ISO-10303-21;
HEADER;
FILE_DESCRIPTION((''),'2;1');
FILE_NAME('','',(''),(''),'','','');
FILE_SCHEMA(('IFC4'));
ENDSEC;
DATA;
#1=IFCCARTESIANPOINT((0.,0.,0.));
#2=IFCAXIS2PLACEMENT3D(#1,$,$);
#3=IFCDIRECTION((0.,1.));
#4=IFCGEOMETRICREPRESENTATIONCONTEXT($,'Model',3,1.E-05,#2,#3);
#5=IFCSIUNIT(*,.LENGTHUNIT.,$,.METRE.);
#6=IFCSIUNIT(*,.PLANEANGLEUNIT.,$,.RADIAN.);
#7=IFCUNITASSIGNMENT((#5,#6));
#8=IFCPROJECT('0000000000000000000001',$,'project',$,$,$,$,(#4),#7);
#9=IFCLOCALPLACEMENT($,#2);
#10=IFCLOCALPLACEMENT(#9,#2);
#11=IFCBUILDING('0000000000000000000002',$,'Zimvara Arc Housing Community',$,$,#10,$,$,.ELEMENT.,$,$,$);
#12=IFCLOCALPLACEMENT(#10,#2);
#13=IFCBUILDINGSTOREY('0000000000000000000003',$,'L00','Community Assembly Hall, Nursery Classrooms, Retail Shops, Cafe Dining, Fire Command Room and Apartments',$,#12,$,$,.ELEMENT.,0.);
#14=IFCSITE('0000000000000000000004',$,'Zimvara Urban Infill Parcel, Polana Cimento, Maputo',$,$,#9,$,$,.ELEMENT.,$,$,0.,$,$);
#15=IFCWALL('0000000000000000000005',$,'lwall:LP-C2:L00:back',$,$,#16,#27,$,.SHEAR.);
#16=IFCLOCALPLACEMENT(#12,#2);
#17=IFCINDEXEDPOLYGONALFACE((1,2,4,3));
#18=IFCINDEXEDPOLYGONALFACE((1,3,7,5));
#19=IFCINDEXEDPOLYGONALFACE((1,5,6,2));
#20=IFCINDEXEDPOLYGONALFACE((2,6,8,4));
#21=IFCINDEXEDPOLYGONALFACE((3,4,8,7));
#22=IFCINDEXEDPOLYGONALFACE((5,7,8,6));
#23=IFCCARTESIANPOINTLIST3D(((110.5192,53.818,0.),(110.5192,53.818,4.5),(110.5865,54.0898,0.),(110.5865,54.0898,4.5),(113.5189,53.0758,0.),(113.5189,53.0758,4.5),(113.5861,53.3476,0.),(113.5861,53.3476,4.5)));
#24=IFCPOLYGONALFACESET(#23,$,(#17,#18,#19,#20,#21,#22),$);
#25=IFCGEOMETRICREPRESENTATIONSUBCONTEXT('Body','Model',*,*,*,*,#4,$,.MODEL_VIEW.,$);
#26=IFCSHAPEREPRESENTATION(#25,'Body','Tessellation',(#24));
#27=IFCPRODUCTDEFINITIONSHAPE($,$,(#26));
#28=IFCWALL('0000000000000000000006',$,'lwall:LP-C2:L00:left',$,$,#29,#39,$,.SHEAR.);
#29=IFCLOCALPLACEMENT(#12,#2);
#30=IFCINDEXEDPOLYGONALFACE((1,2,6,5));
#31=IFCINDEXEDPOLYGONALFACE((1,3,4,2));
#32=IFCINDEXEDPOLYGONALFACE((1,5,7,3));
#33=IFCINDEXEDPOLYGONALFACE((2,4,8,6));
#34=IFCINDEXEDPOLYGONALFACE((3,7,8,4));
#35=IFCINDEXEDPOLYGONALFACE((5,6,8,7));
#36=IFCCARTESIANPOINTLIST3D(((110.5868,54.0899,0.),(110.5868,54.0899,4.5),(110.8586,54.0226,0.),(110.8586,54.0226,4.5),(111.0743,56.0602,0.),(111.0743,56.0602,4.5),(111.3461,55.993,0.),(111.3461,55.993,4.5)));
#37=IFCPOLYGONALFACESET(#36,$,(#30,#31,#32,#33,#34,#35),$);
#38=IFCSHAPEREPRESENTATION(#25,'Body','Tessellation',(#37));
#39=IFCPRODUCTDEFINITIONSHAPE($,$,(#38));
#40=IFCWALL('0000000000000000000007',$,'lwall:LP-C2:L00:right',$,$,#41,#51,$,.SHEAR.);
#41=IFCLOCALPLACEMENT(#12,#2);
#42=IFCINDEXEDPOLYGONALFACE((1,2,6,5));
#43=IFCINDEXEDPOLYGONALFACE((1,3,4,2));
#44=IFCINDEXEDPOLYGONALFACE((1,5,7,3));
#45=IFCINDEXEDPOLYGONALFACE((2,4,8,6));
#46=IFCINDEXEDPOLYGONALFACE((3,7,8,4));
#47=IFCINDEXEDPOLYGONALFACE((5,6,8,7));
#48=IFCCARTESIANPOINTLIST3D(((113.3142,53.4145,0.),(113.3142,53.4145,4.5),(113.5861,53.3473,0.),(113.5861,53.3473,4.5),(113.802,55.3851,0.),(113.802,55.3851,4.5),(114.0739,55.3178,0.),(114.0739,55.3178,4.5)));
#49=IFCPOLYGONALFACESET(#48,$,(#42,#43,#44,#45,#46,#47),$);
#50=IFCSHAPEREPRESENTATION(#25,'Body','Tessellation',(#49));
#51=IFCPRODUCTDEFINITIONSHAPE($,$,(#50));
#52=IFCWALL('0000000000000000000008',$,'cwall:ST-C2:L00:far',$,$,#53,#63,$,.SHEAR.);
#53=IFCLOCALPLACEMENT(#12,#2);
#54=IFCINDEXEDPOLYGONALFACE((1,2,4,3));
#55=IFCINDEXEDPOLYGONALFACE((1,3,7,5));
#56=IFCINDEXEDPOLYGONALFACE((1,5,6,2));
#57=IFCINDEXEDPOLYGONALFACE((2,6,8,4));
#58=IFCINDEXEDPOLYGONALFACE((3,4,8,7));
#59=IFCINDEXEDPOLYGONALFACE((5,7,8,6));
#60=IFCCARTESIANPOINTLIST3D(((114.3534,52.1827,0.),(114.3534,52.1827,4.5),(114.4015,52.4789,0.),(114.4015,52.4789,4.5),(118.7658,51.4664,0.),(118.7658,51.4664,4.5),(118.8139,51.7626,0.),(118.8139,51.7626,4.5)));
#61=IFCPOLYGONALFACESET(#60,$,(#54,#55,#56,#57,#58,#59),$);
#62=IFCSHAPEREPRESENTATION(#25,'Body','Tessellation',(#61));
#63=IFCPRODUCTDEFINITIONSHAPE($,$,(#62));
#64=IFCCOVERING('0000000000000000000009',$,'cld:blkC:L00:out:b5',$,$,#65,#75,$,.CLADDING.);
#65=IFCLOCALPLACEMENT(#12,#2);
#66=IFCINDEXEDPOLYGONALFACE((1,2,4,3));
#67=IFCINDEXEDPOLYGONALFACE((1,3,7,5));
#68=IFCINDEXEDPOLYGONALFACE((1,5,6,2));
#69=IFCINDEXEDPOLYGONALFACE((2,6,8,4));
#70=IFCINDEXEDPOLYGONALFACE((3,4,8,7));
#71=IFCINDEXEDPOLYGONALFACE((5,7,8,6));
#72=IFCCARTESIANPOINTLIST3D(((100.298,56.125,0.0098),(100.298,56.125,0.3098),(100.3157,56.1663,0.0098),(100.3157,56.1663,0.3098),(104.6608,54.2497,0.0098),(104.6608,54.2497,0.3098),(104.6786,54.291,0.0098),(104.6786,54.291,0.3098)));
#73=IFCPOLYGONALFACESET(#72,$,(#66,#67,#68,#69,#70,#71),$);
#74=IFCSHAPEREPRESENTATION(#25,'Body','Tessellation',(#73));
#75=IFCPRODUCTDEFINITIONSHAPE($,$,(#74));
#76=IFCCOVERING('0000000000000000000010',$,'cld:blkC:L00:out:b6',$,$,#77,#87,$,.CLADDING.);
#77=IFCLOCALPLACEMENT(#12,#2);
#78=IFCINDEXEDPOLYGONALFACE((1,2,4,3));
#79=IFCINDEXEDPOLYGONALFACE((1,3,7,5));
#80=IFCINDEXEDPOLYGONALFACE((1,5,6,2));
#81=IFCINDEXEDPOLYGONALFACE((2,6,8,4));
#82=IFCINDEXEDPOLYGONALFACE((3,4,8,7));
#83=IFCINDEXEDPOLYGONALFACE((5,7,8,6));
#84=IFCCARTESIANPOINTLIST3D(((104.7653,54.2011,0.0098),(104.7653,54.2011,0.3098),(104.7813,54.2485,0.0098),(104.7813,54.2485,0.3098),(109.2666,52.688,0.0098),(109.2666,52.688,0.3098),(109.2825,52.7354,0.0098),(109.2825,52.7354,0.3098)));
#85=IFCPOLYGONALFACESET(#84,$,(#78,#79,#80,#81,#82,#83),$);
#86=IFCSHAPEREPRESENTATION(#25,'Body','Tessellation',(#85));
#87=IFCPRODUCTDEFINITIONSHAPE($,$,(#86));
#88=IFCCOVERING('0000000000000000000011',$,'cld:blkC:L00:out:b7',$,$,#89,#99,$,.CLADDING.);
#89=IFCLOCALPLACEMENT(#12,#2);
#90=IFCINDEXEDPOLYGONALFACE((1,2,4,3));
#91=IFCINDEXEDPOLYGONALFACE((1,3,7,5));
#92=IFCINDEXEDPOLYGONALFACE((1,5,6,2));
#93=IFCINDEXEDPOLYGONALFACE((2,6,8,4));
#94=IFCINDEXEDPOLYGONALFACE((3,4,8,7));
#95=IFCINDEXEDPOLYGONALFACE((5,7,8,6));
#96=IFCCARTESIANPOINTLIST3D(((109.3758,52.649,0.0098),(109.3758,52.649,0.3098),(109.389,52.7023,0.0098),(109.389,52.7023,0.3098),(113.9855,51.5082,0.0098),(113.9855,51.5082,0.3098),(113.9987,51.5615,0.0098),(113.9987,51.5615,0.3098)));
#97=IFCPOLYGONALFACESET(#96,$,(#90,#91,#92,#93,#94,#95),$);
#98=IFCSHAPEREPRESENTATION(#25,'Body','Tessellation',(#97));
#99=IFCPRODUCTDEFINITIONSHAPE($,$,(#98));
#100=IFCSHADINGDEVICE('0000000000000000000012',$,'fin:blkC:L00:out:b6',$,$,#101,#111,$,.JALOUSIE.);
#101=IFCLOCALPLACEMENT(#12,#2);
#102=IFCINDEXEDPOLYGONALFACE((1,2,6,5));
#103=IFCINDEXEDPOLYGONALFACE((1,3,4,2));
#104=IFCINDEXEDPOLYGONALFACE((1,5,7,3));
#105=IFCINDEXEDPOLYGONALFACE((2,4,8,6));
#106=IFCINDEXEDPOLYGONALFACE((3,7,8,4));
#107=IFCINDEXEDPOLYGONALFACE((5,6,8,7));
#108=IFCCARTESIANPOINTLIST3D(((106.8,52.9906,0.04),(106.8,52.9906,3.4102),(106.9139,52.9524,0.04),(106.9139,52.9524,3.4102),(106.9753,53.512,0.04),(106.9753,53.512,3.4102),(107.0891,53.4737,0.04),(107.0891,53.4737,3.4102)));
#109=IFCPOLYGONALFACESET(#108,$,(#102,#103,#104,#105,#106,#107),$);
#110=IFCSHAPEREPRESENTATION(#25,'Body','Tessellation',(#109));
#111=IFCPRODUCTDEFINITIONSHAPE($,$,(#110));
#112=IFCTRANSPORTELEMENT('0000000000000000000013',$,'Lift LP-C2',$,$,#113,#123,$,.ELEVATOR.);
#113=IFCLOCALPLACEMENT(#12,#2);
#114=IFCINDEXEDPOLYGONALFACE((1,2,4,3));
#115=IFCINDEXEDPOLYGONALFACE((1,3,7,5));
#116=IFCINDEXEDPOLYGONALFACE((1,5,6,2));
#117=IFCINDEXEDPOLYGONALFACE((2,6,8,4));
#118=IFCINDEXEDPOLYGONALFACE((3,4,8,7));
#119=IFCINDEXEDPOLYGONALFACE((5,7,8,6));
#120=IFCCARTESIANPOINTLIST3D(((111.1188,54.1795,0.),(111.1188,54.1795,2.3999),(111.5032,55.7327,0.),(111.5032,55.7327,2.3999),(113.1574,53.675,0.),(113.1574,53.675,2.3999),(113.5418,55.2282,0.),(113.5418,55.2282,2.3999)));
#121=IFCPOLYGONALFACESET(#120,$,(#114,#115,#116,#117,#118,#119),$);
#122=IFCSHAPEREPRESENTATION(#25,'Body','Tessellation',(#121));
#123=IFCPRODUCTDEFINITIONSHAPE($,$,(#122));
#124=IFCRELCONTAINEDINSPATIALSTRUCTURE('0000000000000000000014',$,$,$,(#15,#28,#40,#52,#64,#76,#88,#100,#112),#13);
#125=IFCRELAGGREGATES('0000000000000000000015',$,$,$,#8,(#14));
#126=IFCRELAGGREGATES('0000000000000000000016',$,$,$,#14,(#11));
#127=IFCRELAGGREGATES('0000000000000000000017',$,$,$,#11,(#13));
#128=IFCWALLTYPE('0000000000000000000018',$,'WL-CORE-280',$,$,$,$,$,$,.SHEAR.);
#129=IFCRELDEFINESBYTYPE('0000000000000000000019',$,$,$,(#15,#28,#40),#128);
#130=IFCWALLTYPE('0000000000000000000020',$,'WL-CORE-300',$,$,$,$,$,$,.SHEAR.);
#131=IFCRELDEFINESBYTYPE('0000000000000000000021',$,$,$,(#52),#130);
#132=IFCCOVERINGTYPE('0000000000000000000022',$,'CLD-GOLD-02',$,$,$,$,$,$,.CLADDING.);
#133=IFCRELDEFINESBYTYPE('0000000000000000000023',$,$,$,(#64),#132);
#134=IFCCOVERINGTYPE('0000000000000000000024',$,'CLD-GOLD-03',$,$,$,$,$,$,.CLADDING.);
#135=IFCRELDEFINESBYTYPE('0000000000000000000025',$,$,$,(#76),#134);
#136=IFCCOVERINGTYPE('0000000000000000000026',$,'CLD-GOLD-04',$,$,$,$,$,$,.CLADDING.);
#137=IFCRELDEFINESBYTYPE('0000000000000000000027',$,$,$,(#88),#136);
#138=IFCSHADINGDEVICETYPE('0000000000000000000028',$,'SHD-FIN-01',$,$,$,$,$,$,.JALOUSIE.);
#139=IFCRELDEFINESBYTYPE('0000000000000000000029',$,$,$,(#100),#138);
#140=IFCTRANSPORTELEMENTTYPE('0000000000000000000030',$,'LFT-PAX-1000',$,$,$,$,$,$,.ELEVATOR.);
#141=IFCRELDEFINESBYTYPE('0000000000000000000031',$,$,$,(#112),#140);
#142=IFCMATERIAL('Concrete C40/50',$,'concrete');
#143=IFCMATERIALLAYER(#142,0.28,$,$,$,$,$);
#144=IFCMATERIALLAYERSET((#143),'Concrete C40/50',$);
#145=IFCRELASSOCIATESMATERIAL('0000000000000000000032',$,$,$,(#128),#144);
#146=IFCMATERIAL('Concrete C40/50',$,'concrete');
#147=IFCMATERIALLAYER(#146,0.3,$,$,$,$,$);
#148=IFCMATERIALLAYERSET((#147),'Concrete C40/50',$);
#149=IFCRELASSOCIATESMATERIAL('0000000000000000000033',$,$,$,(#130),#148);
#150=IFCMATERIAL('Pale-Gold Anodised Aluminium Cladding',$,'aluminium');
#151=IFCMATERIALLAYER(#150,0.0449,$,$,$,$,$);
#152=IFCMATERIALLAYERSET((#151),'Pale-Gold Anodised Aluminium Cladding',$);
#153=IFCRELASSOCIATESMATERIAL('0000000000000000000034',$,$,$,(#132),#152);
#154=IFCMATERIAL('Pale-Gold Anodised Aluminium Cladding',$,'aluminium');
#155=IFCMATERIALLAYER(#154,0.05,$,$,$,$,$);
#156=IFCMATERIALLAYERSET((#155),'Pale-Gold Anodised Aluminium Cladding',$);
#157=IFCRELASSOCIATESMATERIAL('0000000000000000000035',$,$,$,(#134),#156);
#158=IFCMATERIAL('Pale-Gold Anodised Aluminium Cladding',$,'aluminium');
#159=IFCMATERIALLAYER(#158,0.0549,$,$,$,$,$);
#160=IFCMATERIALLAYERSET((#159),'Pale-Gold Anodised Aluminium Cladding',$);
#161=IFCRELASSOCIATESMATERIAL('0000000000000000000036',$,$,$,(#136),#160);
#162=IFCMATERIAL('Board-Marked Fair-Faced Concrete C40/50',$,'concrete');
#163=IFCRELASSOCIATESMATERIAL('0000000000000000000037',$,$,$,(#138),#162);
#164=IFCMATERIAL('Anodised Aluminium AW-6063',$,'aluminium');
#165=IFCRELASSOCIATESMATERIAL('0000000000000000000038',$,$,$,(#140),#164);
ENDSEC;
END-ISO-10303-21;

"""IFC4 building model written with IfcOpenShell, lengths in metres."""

from ifc_helpers import new_model, si_unit, direction, frame, frame_2d, origin, origin_2d, place, context, subcontext, project, spatial, rectangle, extrude, material, layer, layer_set, type_object, element, save


model = new_model("IFC4")

# Units and contexts
model_context = context("Model", 3, precision=1e-05, world=origin(), true_north=direction((0.0, 1.0)))
body_context = subcontext(model_context, "Body", "Model", "MODEL_VIEW")
ifc_project = project(units=[si_unit("LENGTHUNIT", "METRE"), si_unit("PLANEANGLEUNIT", "RADIAN")], contexts=[model_context])

# Site, building, storey
site_placement = place(None, origin())
site = spatial("IfcSite", under=ifc_project, at=site_placement, Name="Zimvara Urban Infill Parcel, Polana Cimento, Maputo", CompositionType="ELEMENT", RefElevation=0.0)
building_placement = place(site_placement, origin())
building = spatial("IfcBuilding", under=site, at=building_placement, Name="Zimvara Arc Housing Community", CompositionType="ELEMENT")
storey_placement = place(building_placement, origin())
storey = spatial("IfcBuildingStorey", under=building, at=storey_placement, Name="L00", Description="Community Assembly Hall, Nursery Classrooms, Retail Shops, Cafe Dining, Fire Command Room and Apartments", CompositionType="ELEMENT", Elevation=0.0)

# Shared definitions
ifc_material_1 = material(Name="Concrete C40/50", Category="concrete")
ifc_layer_1 = layer(ifc_material_1, 0.28)
ifc_layer_set_1 = layer_set([ifc_layer_1], Name="Concrete C40/50")
wall_type_1 = type_object("IfcWallType", Name="WL-CORE-280", PredefinedType="SHEAR", material=ifc_layer_set_1)

# Walls
wall_1_placement = place(storey_placement, frame((110.553, 53.9539, 0.0), z_axis=(0.0, 0.0, 1.0), x_axis=(0.970725, -0.240192, 0.0)))
element("IfcWall", 1, at=wall_1_placement, inside=storey, type_object=wall_type_1, Name="lwall:LP-C2:L00:back", PredefinedType="SHEAR", context=body_context, shape_type="SweptSolid", body=[
    extrude(rectangle(XDim=3.0901, YDim=0.28, at=frame_2d((1.5449, 0.0))), origin(), (0.0, 0.0, 1.0), 4.5),
])
wall_2_placement = place(storey_placement, frame((111.2102, 56.0266, 0.0), z_axis=(0.0, 0.0, 1.0), x_axis=(-0.240186, -0.970727, 0.0)))
element("IfcWall", 2, at=wall_2_placement, inside=storey, type_object=wall_type_1, Name="lwall:LP-C2:L00:left", PredefinedType="SHEAR", context=body_context, shape_type="SweptSolid", body=[
    extrude(rectangle(XDim=2.0298, YDim=0.28, at=frame_2d((1.0149, 0.0))), origin(), (0.0, 0.0, 1.0), 4.5),
])
wall_3_placement = place(storey_placement, frame((113.938, 55.3516, 0.0), z_axis=(0.0, 0.0, 1.0), x_axis=(-0.240299, -0.970699, 0.0)))
element("IfcWall", 3, at=wall_3_placement, inside=storey, type_object=wall_type_1, Name="lwall:LP-C2:L00:right", PredefinedType="SHEAR", context=body_context, shape_type="SweptSolid", body=[
    extrude(rectangle(XDim=2.03, YDim=0.28, at=frame_2d((1.0151, 0.0))), origin(), (0.0, 0.0, 1.0), 4.5),
])
ifc_material_2 = material(Name="Concrete C40/50", Category="concrete")
ifc_layer_2 = layer(ifc_material_2, 0.3)
ifc_layer_set_2 = layer_set([ifc_layer_2], Name="Concrete C40/50")
wall_type_2 = type_object("IfcWallType", Name="WL-CORE-300", PredefinedType="SHEAR", material=ifc_layer_set_2)
wall_4_placement = place(storey_placement, frame((114.3774, 52.3308, 0.0), z_axis=(0.0, 0.0, 1.0), x_axis=(0.987077, -0.160244, 0.0)))
element("IfcWall", 4, at=wall_4_placement, inside=storey, type_object=wall_type_2, Name="cwall:ST-C2:L00:far", PredefinedType="SHEAR", context=body_context, shape_type="SweptSolid", body=[
    extrude(rectangle(XDim=4.4702, YDim=0.3, at=frame_2d((2.2351, 0.0))), origin(), (0.0, 0.0, 1.0), 4.5),
])

# Coverings
ifc_material_3 = material(Name="Pale-Gold Anodised Aluminium Cladding", Category="aluminium")
ifc_layer_3 = layer(ifc_material_3, 0.0449)
ifc_layer_set_3 = layer_set([ifc_layer_3], Name="Pale-Gold Anodised Aluminium Cladding")
covering_type_1 = type_object("IfcCoveringType", Name="CLD-GOLD-02", PredefinedType="CLADDING", material=ifc_layer_set_3)
covering_1_placement = place(storey_placement, frame((102.4883, 55.208, 0.0098), z_axis=(0.0, 0.0, 1.0), x_axis=(0.918722, -0.394906, 0.0)))
element("IfcCovering", 5, at=covering_1_placement, inside=storey, type_object=covering_type_1, Name="cld:blkC:L00:out:b5", PredefinedType="CLADDING", context=body_context, shape_type="SweptSolid", body=[
    extrude(rectangle(XDim=4.7488, YDim=0.0449, at=origin_2d()), origin(), (0.0, 0.0, 1.0), 0.3),
])
ifc_material_4 = material(Name="Pale-Gold Anodised Aluminium Cladding", Category="aluminium")
ifc_layer_4 = layer(ifc_material_4, 0.05)
ifc_layer_set_4 = layer_set([ifc_layer_4], Name="Pale-Gold Anodised Aluminium Cladding")
covering_type_2 = type_object("IfcCoveringType", Name="CLD-GOLD-03", PredefinedType="CLADDING", material=ifc_layer_set_4)
covering_2_placement = place(storey_placement, frame((107.0239, 53.4683, 0.0098), z_axis=(0.0, 0.0, 1.0), x_axis=(0.94788, -0.318628, 0.0)))
element("IfcCovering", 6, at=covering_2_placement, inside=storey, type_object=covering_type_2, Name="cld:blkC:L00:out:b6", PredefinedType="CLADDING", context=body_context, shape_type="SweptSolid", body=[
    extrude(rectangle(XDim=4.7488, YDim=0.05, at=origin_2d()), origin(), (0.0, 0.0, 1.0), 0.3),
])
ifc_material_5 = material(Name="Pale-Gold Anodised Aluminium Cladding", Category="aluminium")
ifc_layer_5 = layer(ifc_material_5, 0.0549)
ifc_layer_set_5 = layer_set([ifc_layer_5], Name="Pale-Gold Anodised Aluminium Cladding")
covering_type_3 = type_object("IfcCoveringType", Name="CLD-GOLD-04", PredefinedType="CLADDING", material=ifc_layer_set_5)
covering_3_placement = place(storey_placement, frame((111.6873, 52.1052, 0.0098), z_axis=(0.0, 0.0, 1.0), x_axis=(0.970716, -0.24023, 0.0)))
element("IfcCovering", 7, at=covering_3_placement, inside=storey, type_object=covering_type_3, Name="cld:blkC:L00:out:b7", PredefinedType="CLADDING", context=body_context, shape_type="SweptSolid", body=[
    extrude(rectangle(XDim=4.7488, YDim=0.0549, at=origin_2d()), origin(), (0.0, 0.0, 1.0), 0.3),
])

# Shading device
ifc_material_6 = material(Name="Board-Marked Fair-Faced Concrete C40/50", Category="concrete")
shading_device_type = type_object("IfcShadingDeviceType", Name="SHD-FIN-01", PredefinedType="JALOUSIE", material=ifc_material_6)
shading_device_placement = place(storey_placement, frame((106.9446, 53.2322, 0.04), z_axis=(0.0, 0.0, 1.0), x_axis=(0.94788, -0.318628, 0.0)))
element("IfcShadingDevice", 8, at=shading_device_placement, inside=storey, type_object=shading_device_type, Name="fin:blkC:L00:out:b6", PredefinedType="JALOUSIE", context=body_context, shape_type="SweptSolid", body=[
    extrude(rectangle(XDim=0.1201, YDim=0.55, at=origin_2d()), origin(), (0.0, 0.0, 1.0), 3.3701),
])

# Transport element
ifc_material_7 = material(Name="Anodised Aluminium AW-6063", Category="aluminium")
transport_element_type = type_object("IfcTransportElementType", Name="LFT-PAX-1000", PredefinedType="ELEVATOR", material=ifc_material_7)
transport_element_placement = place(storey_placement, frame((112.3303, 54.7039, 0.0), z_axis=(0.0, 0.0, 1.0), x_axis=(-0.240228, -0.970716, 0.0)))
element("IfcTransportElement", 9, at=transport_element_placement, inside=storey, type_object=transport_element_type, Name="Lift LP-C2", PredefinedType="ELEVATOR", context=body_context, shape_type="SweptSolid", body=[
    extrude(rectangle(XDim=1.6001, YDim=2.1001, at=origin_2d()), origin(), (0.0, 0.0, 1.0), 2.3999),
])

save(model, "model.ifc")
